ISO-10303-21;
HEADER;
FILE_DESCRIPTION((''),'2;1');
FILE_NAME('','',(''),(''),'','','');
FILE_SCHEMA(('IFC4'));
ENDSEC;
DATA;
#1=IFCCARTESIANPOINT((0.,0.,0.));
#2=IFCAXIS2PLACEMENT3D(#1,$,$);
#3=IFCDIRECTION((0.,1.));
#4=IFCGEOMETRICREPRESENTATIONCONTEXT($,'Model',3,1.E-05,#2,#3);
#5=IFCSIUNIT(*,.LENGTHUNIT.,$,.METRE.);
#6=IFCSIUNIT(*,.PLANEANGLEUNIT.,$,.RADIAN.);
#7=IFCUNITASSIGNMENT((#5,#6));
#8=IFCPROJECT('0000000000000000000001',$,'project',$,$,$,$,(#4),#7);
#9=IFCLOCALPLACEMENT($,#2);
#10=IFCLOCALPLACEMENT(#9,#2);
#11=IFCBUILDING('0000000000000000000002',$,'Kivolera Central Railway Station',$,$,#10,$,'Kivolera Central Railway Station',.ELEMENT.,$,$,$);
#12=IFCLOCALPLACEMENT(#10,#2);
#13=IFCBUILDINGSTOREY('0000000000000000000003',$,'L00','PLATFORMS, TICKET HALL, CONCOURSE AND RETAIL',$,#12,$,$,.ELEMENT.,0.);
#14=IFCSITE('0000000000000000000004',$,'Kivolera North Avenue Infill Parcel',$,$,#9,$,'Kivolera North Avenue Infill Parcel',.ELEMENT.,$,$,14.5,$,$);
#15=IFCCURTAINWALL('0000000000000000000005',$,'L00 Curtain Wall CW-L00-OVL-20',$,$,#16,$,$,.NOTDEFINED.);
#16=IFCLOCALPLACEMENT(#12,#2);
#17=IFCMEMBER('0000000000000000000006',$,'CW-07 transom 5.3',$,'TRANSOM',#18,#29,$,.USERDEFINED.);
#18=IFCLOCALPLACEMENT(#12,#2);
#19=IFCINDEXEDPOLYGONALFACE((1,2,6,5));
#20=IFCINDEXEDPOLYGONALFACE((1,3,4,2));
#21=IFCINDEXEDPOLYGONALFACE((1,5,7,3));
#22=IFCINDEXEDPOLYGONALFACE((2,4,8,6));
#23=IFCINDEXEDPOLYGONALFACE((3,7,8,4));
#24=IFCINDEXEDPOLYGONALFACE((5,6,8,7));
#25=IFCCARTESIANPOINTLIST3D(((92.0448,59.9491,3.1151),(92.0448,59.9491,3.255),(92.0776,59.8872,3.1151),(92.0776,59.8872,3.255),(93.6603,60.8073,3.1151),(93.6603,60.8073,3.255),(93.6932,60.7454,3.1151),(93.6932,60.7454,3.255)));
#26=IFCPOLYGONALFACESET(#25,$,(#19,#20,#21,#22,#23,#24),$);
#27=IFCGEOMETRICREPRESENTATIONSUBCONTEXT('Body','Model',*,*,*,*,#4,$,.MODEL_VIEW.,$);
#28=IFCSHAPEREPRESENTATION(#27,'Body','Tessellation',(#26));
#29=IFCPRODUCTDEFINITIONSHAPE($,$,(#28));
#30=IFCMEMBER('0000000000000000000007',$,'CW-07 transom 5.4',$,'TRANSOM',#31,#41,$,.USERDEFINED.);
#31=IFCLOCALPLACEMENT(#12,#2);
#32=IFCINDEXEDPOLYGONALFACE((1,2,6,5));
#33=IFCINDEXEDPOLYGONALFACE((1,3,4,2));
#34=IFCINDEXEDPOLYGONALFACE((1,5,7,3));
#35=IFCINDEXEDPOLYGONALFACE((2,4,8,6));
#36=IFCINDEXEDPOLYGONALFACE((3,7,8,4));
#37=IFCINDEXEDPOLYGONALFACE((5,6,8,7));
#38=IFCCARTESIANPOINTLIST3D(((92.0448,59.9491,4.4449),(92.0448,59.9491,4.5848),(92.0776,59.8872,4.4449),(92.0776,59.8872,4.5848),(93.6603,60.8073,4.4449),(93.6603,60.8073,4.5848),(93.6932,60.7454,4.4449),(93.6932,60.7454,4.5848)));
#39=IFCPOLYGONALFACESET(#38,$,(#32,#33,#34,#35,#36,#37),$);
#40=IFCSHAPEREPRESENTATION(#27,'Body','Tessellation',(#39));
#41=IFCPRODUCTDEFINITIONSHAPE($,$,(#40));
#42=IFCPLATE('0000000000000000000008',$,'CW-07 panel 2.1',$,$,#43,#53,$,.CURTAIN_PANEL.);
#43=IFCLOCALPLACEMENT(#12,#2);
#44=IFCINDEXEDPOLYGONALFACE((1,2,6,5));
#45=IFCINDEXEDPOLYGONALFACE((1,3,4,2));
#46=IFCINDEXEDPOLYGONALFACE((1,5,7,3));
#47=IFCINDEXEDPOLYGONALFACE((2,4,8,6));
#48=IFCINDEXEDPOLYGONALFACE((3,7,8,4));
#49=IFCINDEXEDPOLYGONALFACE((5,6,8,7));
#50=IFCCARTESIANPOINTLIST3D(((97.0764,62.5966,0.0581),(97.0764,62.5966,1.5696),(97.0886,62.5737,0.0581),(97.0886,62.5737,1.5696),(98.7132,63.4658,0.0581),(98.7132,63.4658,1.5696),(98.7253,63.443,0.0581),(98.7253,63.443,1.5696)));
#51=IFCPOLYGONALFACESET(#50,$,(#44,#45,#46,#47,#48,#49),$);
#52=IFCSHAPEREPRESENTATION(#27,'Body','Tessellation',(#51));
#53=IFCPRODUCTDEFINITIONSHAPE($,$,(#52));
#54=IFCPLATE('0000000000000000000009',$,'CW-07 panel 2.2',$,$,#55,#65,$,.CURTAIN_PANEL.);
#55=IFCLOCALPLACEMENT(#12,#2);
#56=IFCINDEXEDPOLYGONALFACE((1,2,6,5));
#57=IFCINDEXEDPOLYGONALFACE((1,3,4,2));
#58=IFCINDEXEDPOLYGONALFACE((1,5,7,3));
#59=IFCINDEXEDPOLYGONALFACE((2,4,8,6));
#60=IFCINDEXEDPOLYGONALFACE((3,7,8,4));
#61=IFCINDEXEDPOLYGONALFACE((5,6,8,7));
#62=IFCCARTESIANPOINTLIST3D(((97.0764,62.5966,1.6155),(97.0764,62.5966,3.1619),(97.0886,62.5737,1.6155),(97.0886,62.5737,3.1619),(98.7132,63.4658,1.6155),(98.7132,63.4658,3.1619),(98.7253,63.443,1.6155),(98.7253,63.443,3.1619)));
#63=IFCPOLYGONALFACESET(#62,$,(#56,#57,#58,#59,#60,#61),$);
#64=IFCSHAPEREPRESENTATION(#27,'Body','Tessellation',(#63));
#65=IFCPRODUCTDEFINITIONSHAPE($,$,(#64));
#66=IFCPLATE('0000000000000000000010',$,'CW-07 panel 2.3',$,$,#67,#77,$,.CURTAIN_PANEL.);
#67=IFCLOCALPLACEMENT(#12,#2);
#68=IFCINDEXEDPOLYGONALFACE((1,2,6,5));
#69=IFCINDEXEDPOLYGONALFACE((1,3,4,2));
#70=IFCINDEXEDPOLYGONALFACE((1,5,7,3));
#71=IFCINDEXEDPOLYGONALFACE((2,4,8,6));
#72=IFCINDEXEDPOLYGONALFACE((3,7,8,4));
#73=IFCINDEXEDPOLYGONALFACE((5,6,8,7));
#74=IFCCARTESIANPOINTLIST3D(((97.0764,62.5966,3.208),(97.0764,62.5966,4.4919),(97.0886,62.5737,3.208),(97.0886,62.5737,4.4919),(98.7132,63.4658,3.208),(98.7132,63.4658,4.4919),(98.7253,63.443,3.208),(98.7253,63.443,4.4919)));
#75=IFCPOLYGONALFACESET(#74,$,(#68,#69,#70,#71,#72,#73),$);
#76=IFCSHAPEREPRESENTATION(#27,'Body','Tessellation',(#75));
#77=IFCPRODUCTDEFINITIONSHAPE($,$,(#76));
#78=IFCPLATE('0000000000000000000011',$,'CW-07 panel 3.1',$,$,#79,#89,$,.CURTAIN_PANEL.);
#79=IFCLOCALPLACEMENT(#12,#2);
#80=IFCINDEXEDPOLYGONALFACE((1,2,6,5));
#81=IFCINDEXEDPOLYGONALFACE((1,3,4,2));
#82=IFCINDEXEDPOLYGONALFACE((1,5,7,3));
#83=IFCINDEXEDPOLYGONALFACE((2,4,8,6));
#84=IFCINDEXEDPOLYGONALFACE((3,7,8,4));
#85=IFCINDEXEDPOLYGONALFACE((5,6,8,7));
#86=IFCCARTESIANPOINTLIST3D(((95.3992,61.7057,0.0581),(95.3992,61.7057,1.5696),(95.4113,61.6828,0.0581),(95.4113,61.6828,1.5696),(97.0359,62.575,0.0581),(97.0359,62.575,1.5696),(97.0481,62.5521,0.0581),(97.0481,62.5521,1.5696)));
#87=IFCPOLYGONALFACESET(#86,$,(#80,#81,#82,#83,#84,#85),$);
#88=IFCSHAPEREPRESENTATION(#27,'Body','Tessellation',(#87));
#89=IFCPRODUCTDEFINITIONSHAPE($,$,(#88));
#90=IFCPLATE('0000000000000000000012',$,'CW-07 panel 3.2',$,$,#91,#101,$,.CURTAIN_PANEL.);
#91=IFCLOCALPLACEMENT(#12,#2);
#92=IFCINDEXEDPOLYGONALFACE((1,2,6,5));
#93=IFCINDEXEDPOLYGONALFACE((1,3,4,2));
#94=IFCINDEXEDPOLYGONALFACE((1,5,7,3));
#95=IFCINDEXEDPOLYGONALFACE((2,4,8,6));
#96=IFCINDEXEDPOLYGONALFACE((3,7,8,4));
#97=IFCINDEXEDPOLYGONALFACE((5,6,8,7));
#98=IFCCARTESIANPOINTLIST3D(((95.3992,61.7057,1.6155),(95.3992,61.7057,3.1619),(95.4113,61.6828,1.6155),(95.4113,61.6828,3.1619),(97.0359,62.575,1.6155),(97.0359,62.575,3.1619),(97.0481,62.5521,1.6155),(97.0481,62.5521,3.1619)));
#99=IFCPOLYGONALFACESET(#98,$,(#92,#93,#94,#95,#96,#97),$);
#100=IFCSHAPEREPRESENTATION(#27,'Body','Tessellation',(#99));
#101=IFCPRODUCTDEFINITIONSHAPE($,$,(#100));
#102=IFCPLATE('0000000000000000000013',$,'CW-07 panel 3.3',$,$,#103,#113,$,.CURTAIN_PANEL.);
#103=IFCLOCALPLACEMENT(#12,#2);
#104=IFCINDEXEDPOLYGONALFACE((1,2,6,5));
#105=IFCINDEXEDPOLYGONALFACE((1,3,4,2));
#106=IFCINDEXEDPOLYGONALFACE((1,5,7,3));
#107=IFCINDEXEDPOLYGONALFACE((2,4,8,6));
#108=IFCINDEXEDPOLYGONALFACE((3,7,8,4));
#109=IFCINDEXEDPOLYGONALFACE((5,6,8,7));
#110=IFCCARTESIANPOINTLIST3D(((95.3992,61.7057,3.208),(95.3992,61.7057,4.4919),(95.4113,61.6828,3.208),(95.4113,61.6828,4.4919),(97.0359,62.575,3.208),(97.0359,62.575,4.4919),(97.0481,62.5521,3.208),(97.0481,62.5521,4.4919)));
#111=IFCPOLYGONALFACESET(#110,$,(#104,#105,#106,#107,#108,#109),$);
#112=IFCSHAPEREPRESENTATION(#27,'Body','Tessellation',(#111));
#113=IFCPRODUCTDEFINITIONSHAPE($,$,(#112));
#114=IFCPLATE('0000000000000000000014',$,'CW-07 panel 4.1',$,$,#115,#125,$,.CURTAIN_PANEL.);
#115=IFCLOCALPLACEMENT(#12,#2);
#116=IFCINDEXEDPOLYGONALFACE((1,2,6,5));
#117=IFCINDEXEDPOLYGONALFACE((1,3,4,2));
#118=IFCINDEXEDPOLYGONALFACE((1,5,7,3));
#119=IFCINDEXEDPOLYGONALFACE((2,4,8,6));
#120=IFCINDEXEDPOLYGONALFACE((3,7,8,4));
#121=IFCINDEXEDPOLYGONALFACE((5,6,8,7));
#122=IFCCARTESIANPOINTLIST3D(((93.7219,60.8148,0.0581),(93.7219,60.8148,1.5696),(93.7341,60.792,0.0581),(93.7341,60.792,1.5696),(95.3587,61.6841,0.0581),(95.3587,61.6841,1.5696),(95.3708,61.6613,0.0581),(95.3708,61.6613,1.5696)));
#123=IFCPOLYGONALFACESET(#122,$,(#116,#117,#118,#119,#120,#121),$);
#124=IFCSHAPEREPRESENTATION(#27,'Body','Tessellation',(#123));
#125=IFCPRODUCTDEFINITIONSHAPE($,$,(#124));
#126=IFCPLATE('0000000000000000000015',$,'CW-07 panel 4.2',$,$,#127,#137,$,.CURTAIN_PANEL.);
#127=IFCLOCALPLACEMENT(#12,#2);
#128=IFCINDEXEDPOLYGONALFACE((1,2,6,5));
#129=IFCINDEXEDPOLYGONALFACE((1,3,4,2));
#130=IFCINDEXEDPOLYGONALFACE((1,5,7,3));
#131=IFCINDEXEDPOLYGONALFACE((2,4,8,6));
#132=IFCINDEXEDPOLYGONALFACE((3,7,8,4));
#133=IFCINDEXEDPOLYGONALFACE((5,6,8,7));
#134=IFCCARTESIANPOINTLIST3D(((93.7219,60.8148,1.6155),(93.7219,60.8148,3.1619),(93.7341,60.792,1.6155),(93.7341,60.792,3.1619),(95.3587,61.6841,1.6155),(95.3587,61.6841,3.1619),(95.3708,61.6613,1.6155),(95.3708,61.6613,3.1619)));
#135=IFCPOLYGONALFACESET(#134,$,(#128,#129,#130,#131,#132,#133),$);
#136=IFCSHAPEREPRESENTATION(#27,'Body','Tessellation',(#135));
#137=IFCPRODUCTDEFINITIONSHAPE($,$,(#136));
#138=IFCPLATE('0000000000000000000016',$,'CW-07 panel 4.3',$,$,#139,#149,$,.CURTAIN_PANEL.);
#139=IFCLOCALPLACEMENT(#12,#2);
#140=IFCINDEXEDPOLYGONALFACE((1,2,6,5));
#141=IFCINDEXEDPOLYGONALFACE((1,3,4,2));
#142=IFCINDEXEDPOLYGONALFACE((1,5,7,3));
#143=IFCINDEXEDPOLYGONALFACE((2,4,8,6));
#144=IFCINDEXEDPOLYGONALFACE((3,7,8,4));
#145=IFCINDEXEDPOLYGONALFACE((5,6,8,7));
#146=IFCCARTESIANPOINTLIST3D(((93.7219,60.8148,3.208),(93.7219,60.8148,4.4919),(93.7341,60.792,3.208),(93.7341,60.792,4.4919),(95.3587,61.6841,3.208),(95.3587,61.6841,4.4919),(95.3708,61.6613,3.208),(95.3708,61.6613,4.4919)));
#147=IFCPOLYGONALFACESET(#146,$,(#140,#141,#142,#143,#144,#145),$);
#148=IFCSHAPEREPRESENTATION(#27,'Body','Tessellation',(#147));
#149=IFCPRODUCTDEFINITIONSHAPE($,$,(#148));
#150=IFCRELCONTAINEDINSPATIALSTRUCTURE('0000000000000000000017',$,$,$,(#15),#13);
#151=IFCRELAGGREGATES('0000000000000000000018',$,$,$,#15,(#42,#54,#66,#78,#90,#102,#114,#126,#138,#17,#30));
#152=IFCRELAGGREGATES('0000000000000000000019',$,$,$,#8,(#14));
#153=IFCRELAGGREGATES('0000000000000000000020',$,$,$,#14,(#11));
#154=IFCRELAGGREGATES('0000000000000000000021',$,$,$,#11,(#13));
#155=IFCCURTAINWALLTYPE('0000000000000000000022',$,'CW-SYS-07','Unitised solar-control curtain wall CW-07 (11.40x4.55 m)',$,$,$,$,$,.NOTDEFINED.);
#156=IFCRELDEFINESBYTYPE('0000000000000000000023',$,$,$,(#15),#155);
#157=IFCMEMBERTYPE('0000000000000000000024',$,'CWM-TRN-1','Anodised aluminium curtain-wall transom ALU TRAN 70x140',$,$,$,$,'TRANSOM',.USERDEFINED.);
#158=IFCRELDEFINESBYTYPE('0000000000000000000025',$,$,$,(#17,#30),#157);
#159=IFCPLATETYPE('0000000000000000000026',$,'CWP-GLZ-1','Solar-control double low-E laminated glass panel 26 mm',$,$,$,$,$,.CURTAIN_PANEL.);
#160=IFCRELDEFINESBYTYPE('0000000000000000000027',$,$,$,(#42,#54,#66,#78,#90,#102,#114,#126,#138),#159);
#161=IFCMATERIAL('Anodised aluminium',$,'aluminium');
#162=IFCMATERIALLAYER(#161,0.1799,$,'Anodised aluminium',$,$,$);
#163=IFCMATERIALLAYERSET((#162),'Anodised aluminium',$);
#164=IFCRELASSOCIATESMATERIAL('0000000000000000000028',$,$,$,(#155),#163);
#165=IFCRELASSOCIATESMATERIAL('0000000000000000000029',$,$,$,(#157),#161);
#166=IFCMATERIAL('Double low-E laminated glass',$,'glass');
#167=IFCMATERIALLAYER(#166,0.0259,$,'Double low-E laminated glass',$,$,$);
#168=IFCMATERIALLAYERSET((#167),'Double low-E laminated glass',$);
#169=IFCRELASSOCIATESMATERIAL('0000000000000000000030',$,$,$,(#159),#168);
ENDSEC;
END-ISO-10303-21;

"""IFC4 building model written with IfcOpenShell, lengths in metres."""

from ifc_helpers import new_model, si_unit, direction, frame, origin, origin_2d, place, context, subcontext, project, spatial, rectangle, extrude, material, layer, layer_set, material_profile, profile_set, type_object, element, aggregate, save


model = new_model("IFC4")

# Units and contexts
model_context = context("Model", 3, precision=1e-05, world=origin(), true_north=direction((0.0, 1.0)))
body_context = subcontext(model_context, "Body", "Model", "MODEL_VIEW")
ifc_project = project(units=[si_unit("LENGTHUNIT", "METRE"), si_unit("PLANEANGLEUNIT", "RADIAN")], contexts=[model_context])

# Site, building, storey
site_placement = place(None, origin())
site = spatial("IfcSite", under=ifc_project, at=site_placement, Name="Kivolera North Avenue Infill Parcel", LongName="Kivolera North Avenue Infill Parcel", CompositionType="ELEMENT", RefElevation=14.5)
building_placement = place(site_placement, origin())
building = spatial("IfcBuilding", under=site, at=building_placement, Name="Kivolera Central Railway Station", LongName="Kivolera Central Railway Station", CompositionType="ELEMENT")
storey_placement = place(building_placement, origin())
storey = spatial("IfcBuildingStorey", under=building, at=storey_placement, Name="L00", Description="PLATFORMS, TICKET HALL, CONCOURSE AND RETAIL", CompositionType="ELEMENT", Elevation=0.0)

# Curtain wall, members, plates
ifc_material_1 = material(Name="Anodised aluminium", Category="aluminium")
ifc_layer_1 = layer(ifc_material_1, 0.1799, Name="Anodised aluminium")
ifc_layer_set_1 = layer_set([ifc_layer_1], Name="Anodised aluminium")
curtain_wall_type = type_object("IfcCurtainWallType", Name="CW-SYS-07", Description="Unitised solar-control curtain wall CW-07 (11.40x4.55 m)", PredefinedType="NOTDEFINED", material=ifc_layer_set_1)
curtain_wall_placement = place(storey_placement, origin())
curtain_wall = element("IfcCurtainWall", 1, at=curtain_wall_placement, inside=storey, type_object=curtain_wall_type, Name="L00 Curtain Wall CW-L00-OVL-20", PredefinedType="NOTDEFINED")
ifc_material_profile_1 = material_profile(ifc_material_1, rectangle(XDim=0.0701, YDim=0.1399, at=origin_2d()), Name="ALU TRAN 70x140")
ifc_profile_set_1 = profile_set([ifc_material_profile_1], Name="Anodised aluminium")
member_type_1 = type_object("IfcMemberType", Name="CWM-TRN-1", Description="Anodised aluminium curtain-wall transom ALU TRAN 70x140", ElementType="TRANSOM", PredefinedType="USERDEFINED", material=ifc_profile_set_1)
member_1_placement = place(storey_placement, frame((93.6768, 60.7764, 3.1851), z_axis=(-0.883131, -0.469126, 0.0), x_axis=(0.469126, -0.883131, 0.0)))
member_1 = element("IfcMember", 2, at=member_1_placement, type_object=member_type_1, Name="CW-07 transom 5.3", ObjectType="TRANSOM", PredefinedType="USERDEFINED", context=body_context, shape_type="SweptSolid", body=[
    extrude(rectangle(XDim=0.0701, YDim=0.1399, at=origin_2d()), origin(), (0.0, 0.0, 1.0), 1.8293),
])
member_2_placement = place(storey_placement, frame((93.6768, 60.7764, 4.5149), z_axis=(-0.883131, -0.469126, 0.0), x_axis=(0.469126, -0.883131, 0.0)))
member_2 = element("IfcMember", 3, at=member_2_placement, type_object=member_type_1, Name="CW-07 transom 5.4", ObjectType="TRANSOM", PredefinedType="USERDEFINED", context=body_context, shape_type="SweptSolid", body=[
    extrude(rectangle(XDim=0.0701, YDim=0.1399, at=origin_2d()), origin(), (0.0, 0.0, 1.0), 1.8293),
])
ifc_material_2 = material(Name="Double low-E laminated glass", Category="glass")
ifc_layer_2 = layer(ifc_material_2, 0.0259, Name="Double low-E laminated glass")
ifc_layer_set_2 = layer_set([ifc_layer_2], Name="Double low-E laminated glass")
plate_type = type_object("IfcPlateType", Name="CWP-GLZ-1", Description="Solar-control double low-E laminated glass panel 26 mm", PredefinedType="CURTAIN_PANEL", material=ifc_layer_set_2)
plate_1_placement = place(storey_placement, frame((97.9009, 63.0198, 0.0581), z_axis=(0.0, 0.0, 1.0), x_axis=(-0.88317, -0.469053, 0.0)))
plate_1 = element("IfcPlate", 4, at=plate_1_placement, type_object=plate_type, Name="CW-07 panel 2.1", PredefinedType="CURTAIN_PANEL", context=body_context, shape_type="SweptSolid", body=[
    extrude(rectangle(XDim=1.8533, YDim=0.0259, at=origin_2d()), origin(), (0.0, 0.0, 1.0), 1.5115),
])
plate_2_placement = place(storey_placement, frame((97.9009, 63.0198, 1.6155), z_axis=(0.0, 0.0, 1.0), x_axis=(-0.88317, -0.469053, 0.0)))
plate_2 = element("IfcPlate", 5, at=plate_2_placement, type_object=plate_type, Name="CW-07 panel 2.2", PredefinedType="CURTAIN_PANEL", context=body_context, shape_type="SweptSolid", body=[
    extrude(rectangle(XDim=1.8533, YDim=0.0259, at=origin_2d()), origin(), (0.0, 0.0, 1.0), 1.5464),
])
plate_3_placement = place(storey_placement, frame((97.9009, 63.0198, 3.208), z_axis=(0.0, 0.0, 1.0), x_axis=(-0.88317, -0.469053, 0.0)))
plate_3 = element("IfcPlate", 6, at=plate_3_placement, type_object=plate_type, Name="CW-07 panel 2.3", PredefinedType="CURTAIN_PANEL", context=body_context, shape_type="SweptSolid", body=[
    extrude(rectangle(XDim=1.8533, YDim=0.0259, at=origin_2d()), origin(), (0.0, 0.0, 1.0), 1.2839),
])
plate_4_placement = place(storey_placement, frame((96.2236, 62.1289, 0.0581), z_axis=(0.0, 0.0, 1.0), x_axis=(-0.88317, -0.469053, 0.0)))
plate_4 = element("IfcPlate", 7, at=plate_4_placement, type_object=plate_type, Name="CW-07 panel 3.1", PredefinedType="CURTAIN_PANEL", context=body_context, shape_type="SweptSolid", body=[
    extrude(rectangle(XDim=1.8533, YDim=0.0259, at=origin_2d()), origin(), (0.0, 0.0, 1.0), 1.5115),
])
plate_5_placement = place(storey_placement, frame((96.2236, 62.1289, 1.6155), z_axis=(0.0, 0.0, 1.0), x_axis=(-0.88317, -0.469053, 0.0)))
plate_5 = element("IfcPlate", 8, at=plate_5_placement, type_object=plate_type, Name="CW-07 panel 3.2", PredefinedType="CURTAIN_PANEL", context=body_context, shape_type="SweptSolid", body=[
    extrude(rectangle(XDim=1.8533, YDim=0.0259, at=origin_2d()), origin(), (0.0, 0.0, 1.0), 1.5464),
])
plate_6_placement = place(storey_placement, frame((96.2236, 62.1289, 3.208), z_axis=(0.0, 0.0, 1.0), x_axis=(-0.88317, -0.469053, 0.0)))
plate_6 = element("IfcPlate", 9, at=plate_6_placement, type_object=plate_type, Name="CW-07 panel 3.3", PredefinedType="CURTAIN_PANEL", context=body_context, shape_type="SweptSolid", body=[
    extrude(rectangle(XDim=1.8533, YDim=0.0259, at=origin_2d()), origin(), (0.0, 0.0, 1.0), 1.2839),
])
plate_7_placement = place(storey_placement, frame((94.5464, 61.238, 0.0581), z_axis=(0.0, 0.0, 1.0), x_axis=(-0.88317, -0.469053, 0.0)))
plate_7 = element("IfcPlate", 10, at=plate_7_placement, type_object=plate_type, Name="CW-07 panel 4.1", PredefinedType="CURTAIN_PANEL", context=body_context, shape_type="SweptSolid", body=[
    extrude(rectangle(XDim=1.8533, YDim=0.0259, at=origin_2d()), origin(), (0.0, 0.0, 1.0), 1.5115),
])
plate_8_placement = place(storey_placement, frame((94.5464, 61.238, 1.6155), z_axis=(0.0, 0.0, 1.0), x_axis=(-0.88317, -0.469053, 0.0)))
plate_8 = element("IfcPlate", 11, at=plate_8_placement, type_object=plate_type, Name="CW-07 panel 4.2", PredefinedType="CURTAIN_PANEL", context=body_context, shape_type="SweptSolid", body=[
    extrude(rectangle(XDim=1.8533, YDim=0.0259, at=origin_2d()), origin(), (0.0, 0.0, 1.0), 1.5464),
])
plate_9_placement = place(storey_placement, frame((94.5464, 61.238, 3.208), z_axis=(0.0, 0.0, 1.0), x_axis=(-0.88317, -0.469053, 0.0)))
plate_9 = element("IfcPlate", 12, at=plate_9_placement, type_object=plate_type, Name="CW-07 panel 4.3", PredefinedType="CURTAIN_PANEL", context=body_context, shape_type="SweptSolid", body=[
    extrude(rectangle(XDim=1.8533, YDim=0.0259, at=origin_2d()), origin(), (0.0, 0.0, 1.0), 1.2839),
])
aggregate(curtain_wall, [plate_1, plate_2, plate_3, plate_4, plate_5, plate_6, plate_7, plate_8, plate_9, member_1, member_2])

save(model, "model.ifc")
